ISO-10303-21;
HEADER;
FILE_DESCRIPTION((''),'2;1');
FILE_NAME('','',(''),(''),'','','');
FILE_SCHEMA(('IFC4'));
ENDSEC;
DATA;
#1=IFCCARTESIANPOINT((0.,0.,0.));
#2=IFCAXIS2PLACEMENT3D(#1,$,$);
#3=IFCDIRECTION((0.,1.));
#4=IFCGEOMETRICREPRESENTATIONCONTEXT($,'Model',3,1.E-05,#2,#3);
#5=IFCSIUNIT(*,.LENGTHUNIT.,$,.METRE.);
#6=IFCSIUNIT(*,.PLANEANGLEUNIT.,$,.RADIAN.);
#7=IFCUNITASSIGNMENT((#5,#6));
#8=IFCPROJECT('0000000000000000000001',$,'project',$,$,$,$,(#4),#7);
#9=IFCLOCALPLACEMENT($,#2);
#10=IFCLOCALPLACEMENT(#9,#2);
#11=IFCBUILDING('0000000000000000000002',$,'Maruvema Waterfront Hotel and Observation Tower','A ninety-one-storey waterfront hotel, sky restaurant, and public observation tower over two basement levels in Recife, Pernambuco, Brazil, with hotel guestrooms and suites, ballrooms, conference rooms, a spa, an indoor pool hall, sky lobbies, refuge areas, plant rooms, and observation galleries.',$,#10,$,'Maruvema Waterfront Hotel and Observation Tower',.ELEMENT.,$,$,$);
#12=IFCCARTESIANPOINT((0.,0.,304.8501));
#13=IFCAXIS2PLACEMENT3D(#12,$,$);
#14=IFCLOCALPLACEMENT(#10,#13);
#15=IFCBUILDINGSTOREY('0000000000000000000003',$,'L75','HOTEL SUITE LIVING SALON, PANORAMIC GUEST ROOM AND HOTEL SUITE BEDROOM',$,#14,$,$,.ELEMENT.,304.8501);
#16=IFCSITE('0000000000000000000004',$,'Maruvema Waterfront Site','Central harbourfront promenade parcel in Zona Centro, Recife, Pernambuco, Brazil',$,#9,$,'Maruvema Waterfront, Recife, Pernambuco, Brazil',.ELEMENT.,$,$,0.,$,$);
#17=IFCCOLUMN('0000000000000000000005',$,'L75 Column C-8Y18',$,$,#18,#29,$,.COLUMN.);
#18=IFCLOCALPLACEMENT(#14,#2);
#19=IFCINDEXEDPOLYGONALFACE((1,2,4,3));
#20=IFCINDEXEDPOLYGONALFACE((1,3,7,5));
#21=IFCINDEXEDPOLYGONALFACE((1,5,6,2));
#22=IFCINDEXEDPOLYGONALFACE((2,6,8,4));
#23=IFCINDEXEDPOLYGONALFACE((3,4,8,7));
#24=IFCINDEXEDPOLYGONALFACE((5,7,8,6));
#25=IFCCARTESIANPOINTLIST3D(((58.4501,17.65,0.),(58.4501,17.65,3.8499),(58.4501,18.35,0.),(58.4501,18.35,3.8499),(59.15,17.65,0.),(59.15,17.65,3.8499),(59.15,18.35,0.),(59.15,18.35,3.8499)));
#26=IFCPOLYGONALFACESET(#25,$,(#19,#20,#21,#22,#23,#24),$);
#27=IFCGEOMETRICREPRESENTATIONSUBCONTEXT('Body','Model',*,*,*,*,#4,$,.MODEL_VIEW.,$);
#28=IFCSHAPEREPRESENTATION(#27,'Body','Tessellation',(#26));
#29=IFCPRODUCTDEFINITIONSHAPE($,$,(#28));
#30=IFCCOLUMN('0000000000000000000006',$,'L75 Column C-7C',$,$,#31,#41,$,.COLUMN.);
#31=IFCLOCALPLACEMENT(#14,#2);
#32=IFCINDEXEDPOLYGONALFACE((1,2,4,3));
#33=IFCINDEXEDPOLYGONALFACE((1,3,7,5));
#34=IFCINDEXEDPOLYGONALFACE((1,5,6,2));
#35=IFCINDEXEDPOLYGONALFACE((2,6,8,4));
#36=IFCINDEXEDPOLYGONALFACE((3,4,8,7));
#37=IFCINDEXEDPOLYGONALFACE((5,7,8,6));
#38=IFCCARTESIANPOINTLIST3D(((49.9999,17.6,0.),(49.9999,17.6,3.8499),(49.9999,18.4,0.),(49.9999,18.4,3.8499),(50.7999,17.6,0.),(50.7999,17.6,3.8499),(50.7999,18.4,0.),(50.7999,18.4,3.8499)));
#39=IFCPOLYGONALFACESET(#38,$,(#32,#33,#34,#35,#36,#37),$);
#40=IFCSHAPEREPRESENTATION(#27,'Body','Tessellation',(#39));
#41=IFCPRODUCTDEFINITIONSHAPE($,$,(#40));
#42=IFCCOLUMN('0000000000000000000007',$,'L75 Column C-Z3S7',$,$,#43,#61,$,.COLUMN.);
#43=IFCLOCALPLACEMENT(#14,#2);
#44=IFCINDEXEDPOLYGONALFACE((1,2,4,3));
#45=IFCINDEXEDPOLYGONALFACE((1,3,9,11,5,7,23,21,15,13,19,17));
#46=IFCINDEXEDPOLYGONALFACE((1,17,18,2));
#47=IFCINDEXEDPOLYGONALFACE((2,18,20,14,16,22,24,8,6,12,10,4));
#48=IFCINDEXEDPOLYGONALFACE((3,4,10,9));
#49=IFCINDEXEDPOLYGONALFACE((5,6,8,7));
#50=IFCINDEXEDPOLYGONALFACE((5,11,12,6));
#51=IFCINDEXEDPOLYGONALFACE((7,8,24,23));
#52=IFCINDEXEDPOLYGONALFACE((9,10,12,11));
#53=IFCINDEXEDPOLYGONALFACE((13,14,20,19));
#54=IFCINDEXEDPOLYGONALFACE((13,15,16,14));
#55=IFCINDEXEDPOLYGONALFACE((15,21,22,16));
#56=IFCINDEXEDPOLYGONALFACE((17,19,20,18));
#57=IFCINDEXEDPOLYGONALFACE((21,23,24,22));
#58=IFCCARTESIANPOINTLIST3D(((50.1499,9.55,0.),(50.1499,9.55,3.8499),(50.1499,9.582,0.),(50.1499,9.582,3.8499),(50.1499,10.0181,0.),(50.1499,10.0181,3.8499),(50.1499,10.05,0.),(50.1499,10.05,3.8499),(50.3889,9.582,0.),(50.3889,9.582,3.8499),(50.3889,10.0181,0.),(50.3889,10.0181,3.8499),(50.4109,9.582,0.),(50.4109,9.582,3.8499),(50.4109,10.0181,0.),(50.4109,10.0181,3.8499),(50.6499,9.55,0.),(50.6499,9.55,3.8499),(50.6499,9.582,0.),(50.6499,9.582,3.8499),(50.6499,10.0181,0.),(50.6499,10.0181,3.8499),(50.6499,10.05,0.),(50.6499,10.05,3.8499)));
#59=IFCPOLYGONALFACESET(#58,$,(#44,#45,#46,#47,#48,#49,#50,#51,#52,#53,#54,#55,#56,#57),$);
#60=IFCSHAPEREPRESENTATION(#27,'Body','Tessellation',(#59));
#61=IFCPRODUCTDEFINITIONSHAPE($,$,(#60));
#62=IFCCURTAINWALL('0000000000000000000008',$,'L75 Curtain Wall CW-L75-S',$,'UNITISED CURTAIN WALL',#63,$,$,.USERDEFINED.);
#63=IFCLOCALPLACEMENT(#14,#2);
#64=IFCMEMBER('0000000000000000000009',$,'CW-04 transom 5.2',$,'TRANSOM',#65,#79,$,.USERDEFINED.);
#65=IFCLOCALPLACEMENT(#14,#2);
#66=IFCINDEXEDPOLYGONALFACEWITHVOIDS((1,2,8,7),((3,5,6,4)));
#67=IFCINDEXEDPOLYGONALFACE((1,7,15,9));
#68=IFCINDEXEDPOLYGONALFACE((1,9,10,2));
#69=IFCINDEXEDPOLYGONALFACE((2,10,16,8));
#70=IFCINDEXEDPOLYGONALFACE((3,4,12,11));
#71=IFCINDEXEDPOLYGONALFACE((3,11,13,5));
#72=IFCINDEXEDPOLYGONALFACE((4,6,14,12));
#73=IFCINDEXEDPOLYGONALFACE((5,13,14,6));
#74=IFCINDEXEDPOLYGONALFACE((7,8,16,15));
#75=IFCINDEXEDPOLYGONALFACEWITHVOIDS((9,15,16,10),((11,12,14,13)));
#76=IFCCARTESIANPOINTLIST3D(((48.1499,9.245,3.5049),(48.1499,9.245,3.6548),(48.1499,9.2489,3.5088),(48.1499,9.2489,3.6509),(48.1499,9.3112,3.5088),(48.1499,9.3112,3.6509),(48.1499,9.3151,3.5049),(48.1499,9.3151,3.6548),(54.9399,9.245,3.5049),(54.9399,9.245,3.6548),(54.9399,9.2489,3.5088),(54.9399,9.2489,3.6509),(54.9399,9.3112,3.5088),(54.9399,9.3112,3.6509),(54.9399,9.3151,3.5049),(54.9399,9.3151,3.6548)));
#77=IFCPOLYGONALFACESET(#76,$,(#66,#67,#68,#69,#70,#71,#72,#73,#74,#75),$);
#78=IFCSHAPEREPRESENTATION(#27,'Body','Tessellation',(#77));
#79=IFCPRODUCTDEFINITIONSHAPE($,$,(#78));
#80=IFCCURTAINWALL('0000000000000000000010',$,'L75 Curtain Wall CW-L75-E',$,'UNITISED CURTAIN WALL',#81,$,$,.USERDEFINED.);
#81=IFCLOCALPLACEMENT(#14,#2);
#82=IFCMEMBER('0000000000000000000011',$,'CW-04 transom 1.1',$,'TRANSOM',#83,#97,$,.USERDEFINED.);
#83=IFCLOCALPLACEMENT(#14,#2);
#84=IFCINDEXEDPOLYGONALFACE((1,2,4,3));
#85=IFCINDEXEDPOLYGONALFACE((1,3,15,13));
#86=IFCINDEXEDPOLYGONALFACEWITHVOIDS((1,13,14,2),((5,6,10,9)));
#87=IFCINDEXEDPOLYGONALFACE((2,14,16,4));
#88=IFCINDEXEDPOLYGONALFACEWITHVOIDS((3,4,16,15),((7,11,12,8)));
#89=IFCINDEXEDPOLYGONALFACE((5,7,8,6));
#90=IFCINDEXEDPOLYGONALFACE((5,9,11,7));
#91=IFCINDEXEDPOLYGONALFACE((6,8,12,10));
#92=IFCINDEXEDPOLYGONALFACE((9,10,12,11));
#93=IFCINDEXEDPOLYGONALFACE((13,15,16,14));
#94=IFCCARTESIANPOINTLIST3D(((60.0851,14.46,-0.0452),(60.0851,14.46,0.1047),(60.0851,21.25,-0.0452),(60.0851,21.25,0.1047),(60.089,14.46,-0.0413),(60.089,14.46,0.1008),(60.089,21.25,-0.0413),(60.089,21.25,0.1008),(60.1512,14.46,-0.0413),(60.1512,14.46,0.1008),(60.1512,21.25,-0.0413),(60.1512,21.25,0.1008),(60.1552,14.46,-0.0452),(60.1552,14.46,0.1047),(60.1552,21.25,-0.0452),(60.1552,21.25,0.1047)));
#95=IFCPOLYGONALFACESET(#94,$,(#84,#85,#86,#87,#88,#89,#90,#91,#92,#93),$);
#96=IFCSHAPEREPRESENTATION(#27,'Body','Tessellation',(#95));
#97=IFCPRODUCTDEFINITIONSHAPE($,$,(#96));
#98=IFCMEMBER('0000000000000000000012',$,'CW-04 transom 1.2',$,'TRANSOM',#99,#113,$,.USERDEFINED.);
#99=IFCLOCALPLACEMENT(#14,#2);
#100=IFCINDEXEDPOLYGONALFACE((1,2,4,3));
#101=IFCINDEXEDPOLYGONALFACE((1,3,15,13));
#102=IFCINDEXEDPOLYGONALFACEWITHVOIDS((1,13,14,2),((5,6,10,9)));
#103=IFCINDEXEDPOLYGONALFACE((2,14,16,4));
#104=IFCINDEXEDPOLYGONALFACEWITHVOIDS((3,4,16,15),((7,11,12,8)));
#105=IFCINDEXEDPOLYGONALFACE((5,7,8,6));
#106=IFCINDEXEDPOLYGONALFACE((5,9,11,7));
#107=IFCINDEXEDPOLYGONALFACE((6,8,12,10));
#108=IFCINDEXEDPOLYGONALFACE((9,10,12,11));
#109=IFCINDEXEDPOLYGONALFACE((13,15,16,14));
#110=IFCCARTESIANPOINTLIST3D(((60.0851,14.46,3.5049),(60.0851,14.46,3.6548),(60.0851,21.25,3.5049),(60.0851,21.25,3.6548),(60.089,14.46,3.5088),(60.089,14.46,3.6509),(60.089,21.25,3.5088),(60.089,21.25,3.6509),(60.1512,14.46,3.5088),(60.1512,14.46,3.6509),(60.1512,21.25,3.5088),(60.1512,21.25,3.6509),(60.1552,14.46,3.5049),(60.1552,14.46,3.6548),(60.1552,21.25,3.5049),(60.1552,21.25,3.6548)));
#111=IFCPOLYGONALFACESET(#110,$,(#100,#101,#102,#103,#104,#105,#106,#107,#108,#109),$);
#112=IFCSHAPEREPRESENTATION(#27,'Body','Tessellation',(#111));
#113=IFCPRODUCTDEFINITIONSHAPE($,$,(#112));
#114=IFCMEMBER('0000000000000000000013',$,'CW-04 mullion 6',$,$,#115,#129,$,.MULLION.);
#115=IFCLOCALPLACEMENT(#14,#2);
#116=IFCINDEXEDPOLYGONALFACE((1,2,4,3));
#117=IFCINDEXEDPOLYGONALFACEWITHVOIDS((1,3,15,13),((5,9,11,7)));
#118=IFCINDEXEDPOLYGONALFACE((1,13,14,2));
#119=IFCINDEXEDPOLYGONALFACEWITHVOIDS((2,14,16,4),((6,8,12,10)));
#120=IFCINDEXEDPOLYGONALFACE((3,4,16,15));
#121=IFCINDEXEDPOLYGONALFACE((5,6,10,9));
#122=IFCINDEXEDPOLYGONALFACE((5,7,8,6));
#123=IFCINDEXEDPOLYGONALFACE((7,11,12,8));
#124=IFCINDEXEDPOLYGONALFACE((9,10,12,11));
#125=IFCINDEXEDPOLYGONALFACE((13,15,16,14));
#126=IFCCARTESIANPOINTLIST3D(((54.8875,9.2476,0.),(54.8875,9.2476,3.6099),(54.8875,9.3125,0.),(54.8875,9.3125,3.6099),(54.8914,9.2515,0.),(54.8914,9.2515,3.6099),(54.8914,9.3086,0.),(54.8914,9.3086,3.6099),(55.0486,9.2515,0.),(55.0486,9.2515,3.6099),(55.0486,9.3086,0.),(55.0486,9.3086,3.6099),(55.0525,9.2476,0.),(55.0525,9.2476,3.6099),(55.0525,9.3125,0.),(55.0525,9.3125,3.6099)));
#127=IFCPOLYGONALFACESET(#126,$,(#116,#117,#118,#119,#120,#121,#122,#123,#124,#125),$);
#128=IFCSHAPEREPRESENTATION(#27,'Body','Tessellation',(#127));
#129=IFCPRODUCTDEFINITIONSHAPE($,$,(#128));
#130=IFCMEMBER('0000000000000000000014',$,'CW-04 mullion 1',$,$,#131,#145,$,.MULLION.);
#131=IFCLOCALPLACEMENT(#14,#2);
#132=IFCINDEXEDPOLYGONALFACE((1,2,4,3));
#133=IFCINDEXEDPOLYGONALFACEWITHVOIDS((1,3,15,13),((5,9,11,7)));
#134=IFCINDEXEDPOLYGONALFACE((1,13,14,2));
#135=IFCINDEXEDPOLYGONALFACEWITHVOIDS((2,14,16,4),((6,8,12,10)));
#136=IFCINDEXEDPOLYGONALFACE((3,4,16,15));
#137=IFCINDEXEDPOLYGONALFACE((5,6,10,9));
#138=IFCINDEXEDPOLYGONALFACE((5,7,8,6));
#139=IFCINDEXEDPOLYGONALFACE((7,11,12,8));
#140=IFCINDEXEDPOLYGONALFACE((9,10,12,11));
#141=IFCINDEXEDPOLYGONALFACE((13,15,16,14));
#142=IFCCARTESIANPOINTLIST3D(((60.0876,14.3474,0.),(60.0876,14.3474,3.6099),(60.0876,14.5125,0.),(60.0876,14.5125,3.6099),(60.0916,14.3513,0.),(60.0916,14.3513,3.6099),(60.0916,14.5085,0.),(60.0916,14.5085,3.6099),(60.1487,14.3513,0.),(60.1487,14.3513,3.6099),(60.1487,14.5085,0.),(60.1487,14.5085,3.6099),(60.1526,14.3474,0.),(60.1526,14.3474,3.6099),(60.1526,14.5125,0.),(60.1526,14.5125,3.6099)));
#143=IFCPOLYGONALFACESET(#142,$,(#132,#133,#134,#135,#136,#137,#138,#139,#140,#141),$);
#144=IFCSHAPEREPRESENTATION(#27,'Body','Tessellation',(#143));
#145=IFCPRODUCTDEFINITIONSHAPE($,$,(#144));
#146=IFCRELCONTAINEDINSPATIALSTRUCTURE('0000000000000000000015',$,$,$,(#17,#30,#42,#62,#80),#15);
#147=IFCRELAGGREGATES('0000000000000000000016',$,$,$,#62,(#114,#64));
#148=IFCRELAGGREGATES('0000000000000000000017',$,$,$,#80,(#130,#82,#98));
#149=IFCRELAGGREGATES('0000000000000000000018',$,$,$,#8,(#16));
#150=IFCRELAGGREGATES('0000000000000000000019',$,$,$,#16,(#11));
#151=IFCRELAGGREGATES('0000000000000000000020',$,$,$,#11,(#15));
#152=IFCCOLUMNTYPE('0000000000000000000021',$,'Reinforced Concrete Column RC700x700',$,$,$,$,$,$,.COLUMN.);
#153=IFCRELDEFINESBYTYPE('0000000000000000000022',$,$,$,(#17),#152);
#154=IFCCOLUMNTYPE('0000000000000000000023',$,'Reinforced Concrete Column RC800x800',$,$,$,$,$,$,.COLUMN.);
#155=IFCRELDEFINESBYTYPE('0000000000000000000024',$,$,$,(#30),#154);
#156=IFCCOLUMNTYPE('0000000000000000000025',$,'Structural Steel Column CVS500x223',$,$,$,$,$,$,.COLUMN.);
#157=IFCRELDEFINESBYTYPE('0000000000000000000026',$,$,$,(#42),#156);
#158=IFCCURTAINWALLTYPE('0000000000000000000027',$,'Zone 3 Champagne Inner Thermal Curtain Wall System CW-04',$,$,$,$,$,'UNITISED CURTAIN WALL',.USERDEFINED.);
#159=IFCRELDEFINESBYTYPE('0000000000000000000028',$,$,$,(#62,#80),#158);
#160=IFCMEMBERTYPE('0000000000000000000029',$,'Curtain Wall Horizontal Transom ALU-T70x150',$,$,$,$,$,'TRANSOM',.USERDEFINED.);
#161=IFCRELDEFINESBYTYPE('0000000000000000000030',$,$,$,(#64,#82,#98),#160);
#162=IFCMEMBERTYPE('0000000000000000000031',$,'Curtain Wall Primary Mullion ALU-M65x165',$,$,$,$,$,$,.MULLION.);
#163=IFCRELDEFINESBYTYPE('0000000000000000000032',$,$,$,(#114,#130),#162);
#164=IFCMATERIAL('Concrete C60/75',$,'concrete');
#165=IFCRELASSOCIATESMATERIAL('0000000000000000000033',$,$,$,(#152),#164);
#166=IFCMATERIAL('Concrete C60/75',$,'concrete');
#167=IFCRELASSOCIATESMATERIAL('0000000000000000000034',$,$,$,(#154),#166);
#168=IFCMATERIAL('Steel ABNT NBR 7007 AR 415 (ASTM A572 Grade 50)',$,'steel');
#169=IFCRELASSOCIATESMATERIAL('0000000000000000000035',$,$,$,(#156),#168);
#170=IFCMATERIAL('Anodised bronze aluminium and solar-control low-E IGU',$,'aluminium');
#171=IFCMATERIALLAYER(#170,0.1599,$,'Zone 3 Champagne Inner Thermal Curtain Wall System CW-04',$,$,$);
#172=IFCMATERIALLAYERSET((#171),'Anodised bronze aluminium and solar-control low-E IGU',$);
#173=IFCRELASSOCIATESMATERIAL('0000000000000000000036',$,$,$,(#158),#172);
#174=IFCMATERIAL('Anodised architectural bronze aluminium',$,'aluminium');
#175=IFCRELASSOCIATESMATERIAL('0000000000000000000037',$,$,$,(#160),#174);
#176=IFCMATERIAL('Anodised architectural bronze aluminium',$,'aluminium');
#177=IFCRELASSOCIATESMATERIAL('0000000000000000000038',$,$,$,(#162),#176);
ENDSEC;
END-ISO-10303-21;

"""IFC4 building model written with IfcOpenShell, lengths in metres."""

from ifc_helpers import new_model, si_unit, direction, frame, origin, origin_2d, place, context, subcontext, project, spatial, rectangle, hollow_rectangle, i_section, extrude, material, layer, layer_set, material_profile, profile_set, type_object, element, aggregate, save


model = new_model("IFC4")

# Units and contexts
model_context = context("Model", 3, precision=1e-05, world=origin(), true_north=direction((0.0, 1.0)))
body_context = subcontext(model_context, "Body", "Model", "MODEL_VIEW")
ifc_project = project(units=[si_unit("LENGTHUNIT", "METRE"), si_unit("PLANEANGLEUNIT", "RADIAN")], contexts=[model_context])

# Site, building, storey
site_placement = place(None, origin())
site = spatial("IfcSite", under=ifc_project, at=site_placement, Name="Maruvema Waterfront Site", Description="Central harbourfront promenade parcel in Zona Centro, Recife, Pernambuco, Brazil", LongName="Maruvema Waterfront, Recife, Pernambuco, Brazil", CompositionType="ELEMENT", RefElevation=0.0)
building_placement = place(site_placement, origin())
building = spatial("IfcBuilding", under=site, at=building_placement, Name="Maruvema Waterfront Hotel and Observation Tower", Description="A ninety-one-storey waterfront hotel, sky restaurant, and public observation tower over two basement levels in Recife, Pernambuco, Brazil, with hotel guestrooms and suites, ballrooms, conference rooms, a spa, an indoor pool hall, sky lobbies, refuge areas, plant rooms, and observation galleries.", LongName="Maruvema Waterfront Hotel and Observation Tower", CompositionType="ELEMENT")
storey_placement = place(building_placement, frame((0.0, 0.0, 304.8501)))
storey = spatial("IfcBuildingStorey", under=building, at=storey_placement, Name="L75", Description="HOTEL SUITE LIVING SALON, PANORAMIC GUEST ROOM AND HOTEL SUITE BEDROOM", CompositionType="ELEMENT", Elevation=304.8501)

# Columns
ifc_material_1 = material(Name="Concrete C60/75", Category="concrete")
ifc_material_profile_1 = material_profile(ifc_material_1, rectangle(XDim=0.7, YDim=0.7, at=origin_2d()), Name="RC700x700")
ifc_profile_set_1 = profile_set([ifc_material_profile_1], Name="Concrete C60/75")
column_type_1 = type_object("IfcColumnType", Name="Reinforced Concrete Column RC700x700", PredefinedType="COLUMN", material=ifc_profile_set_1)
column_1_placement = place(storey_placement, frame((58.8, 18.0, 0.0), z_axis=(0.0, 0.0, 1.0), x_axis=(1.0, 0.0, 0.0)))
element("IfcColumn", 1, at=column_1_placement, inside=storey, type_object=column_type_1, Name="L75 Column C-8Y18", PredefinedType="COLUMN", context=body_context, shape_type="SweptSolid", body=[
    extrude(rectangle(XDim=0.7, YDim=0.7, at=origin_2d()), origin(), (0.0, 0.0, 1.0), 3.8499),
])
ifc_material_2 = material(Name="Concrete C60/75", Category="concrete")
ifc_material_profile_2 = material_profile(ifc_material_2, rectangle(XDim=0.8, YDim=0.8, at=origin_2d()), Name="RC800x800")
ifc_profile_set_2 = profile_set([ifc_material_profile_2], Name="Concrete C60/75")
column_type_2 = type_object("IfcColumnType", Name="Reinforced Concrete Column RC800x800", PredefinedType="COLUMN", material=ifc_profile_set_2)
column_2_placement = place(storey_placement, frame((50.3999, 18.0, 0.0), z_axis=(0.0, 0.0, 1.0), x_axis=(1.0, 0.0, 0.0)))
element("IfcColumn", 2, at=column_2_placement, inside=storey, type_object=column_type_2, Name="L75 Column C-7C", PredefinedType="COLUMN", context=body_context, shape_type="SweptSolid", body=[
    extrude(rectangle(XDim=0.8, YDim=0.8, at=origin_2d()), origin(), (0.0, 0.0, 1.0), 3.8499),
])
ifc_material_3 = material(Name="Steel ABNT NBR 7007 AR 415 (ASTM A572 Grade 50)", Category="steel")
ifc_material_profile_3 = material_profile(ifc_material_3, i_section(OverallWidth=0.5, OverallDepth=0.5, WebThickness=0.022, FlangeThickness=0.032, at=origin_2d()), Name="CVS500x223")
ifc_profile_set_3 = profile_set([ifc_material_profile_3], Name="Steel ABNT NBR 7007 AR 415 (ASTM A572 Grade 50)")
column_type_3 = type_object("IfcColumnType", Name="Structural Steel Column CVS500x223", PredefinedType="COLUMN", material=ifc_profile_set_3)
column_3_placement = place(storey_placement, frame((50.3999, 9.8, 0.0), z_axis=(0.0, 0.0, 1.0), x_axis=(1.0, 0.0, 0.0)))
element("IfcColumn", 3, at=column_3_placement, inside=storey, type_object=column_type_3, Name="L75 Column C-Z3S7", PredefinedType="COLUMN", context=body_context, shape_type="SweptSolid", body=[
    extrude(i_section(OverallWidth=0.5, OverallDepth=0.5, WebThickness=0.022, FlangeThickness=0.032, at=origin_2d()), origin(), (0.0, 0.0, 1.0), 3.8499),
])

# Curtain wall, member
ifc_material_4 = material(Name="Anodised bronze aluminium and solar-control low-E IGU", Category="aluminium")
ifc_layer_1 = layer(ifc_material_4, 0.1599, Name="Zone 3 Champagne Inner Thermal Curtain Wall System CW-04")
ifc_layer_set_1 = layer_set([ifc_layer_1], Name="Anodised bronze aluminium and solar-control low-E IGU")
curtain_wall_type = type_object("IfcCurtainWallType", Name="Zone 3 Champagne Inner Thermal Curtain Wall System CW-04", ElementType="UNITISED CURTAIN WALL", PredefinedType="USERDEFINED", material=ifc_layer_set_1)
curtain_wall_1_placement = place(storey_placement, origin())
curtain_wall_1 = element("IfcCurtainWall", 4, at=curtain_wall_1_placement, inside=storey, type_object=curtain_wall_type, Name="L75 Curtain Wall CW-L75-S", ObjectType="UNITISED CURTAIN WALL", PredefinedType="USERDEFINED")
ifc_material_5 = material(Name="Anodised architectural bronze aluminium", Category="aluminium")
ifc_material_profile_4 = material_profile(ifc_material_5, hollow_rectangle(XDim=0.0701, YDim=0.1499, WallThickness=0.0039, at=origin_2d()), Name="ALU-T70x150")
ifc_profile_set_4 = profile_set([ifc_material_profile_4], Name="Anodised architectural bronze aluminium")
member_type_1 = type_object("IfcMemberType", Name="Curtain Wall Horizontal Transom ALU-T70x150", ElementType="TRANSOM", PredefinedType="USERDEFINED", material=ifc_profile_set_4)
member_1_placement = place(storey_placement, frame((48.1499, 9.28, 3.5798), z_axis=(1.0, 0.0, 0.0), x_axis=(0.0, 1.0, 0.0)))
member_1 = element("IfcMember", 5, at=member_1_placement, type_object=member_type_1, Name="CW-04 transom 5.2", ObjectType="TRANSOM", PredefinedType="USERDEFINED", context=body_context, shape_type="SweptSolid", body=[
    extrude(hollow_rectangle(XDim=0.0701, YDim=0.1499, WallThickness=0.0039, at=origin_2d()), origin(), (0.0, 0.0, 1.0), 6.79),
])

# Curtain wall, members
curtain_wall_2_placement = place(storey_placement, origin())
curtain_wall_2 = element("IfcCurtainWall", 6, at=curtain_wall_2_placement, inside=storey, type_object=curtain_wall_type, Name="L75 Curtain Wall CW-L75-E", ObjectType="UNITISED CURTAIN WALL", PredefinedType="USERDEFINED")
member_2_placement = place(storey_placement, frame((60.1201, 14.46, 0.0298), z_axis=(0.0, 1.0, 0.0), x_axis=(-1.0, 0.0, 0.0)))
member_2 = element("IfcMember", 7, at=member_2_placement, type_object=member_type_1, Name="CW-04 transom 1.1", ObjectType="TRANSOM", PredefinedType="USERDEFINED", context=body_context, shape_type="SweptSolid", body=[
    extrude(hollow_rectangle(XDim=0.0701, YDim=0.1499, WallThickness=0.0039, at=origin_2d()), origin(), (0.0, 0.0, 1.0), 6.79),
])
member_3_placement = place(storey_placement, frame((60.1201, 14.46, 3.5798), z_axis=(0.0, 1.0, 0.0), x_axis=(-1.0, 0.0, 0.0)))
member_3 = element("IfcMember", 8, at=member_3_placement, type_object=member_type_1, Name="CW-04 transom 1.2", ObjectType="TRANSOM", PredefinedType="USERDEFINED", context=body_context, shape_type="SweptSolid", body=[
    extrude(hollow_rectangle(XDim=0.0701, YDim=0.1499, WallThickness=0.0039, at=origin_2d()), origin(), (0.0, 0.0, 1.0), 6.79),
])

# Members
ifc_material_6 = material(Name="Anodised architectural bronze aluminium", Category="aluminium")
ifc_material_profile_5 = material_profile(ifc_material_6, hollow_rectangle(XDim=0.0649, YDim=0.165, WallThickness=0.0039, at=origin_2d()), Name="ALU-M65x165")
ifc_profile_set_5 = profile_set([ifc_material_profile_5], Name="Anodised architectural bronze aluminium")
member_type_2 = type_object("IfcMemberType", Name="Curtain Wall Primary Mullion ALU-M65x165", PredefinedType="MULLION", material=ifc_profile_set_5)
member_4_placement = place(storey_placement, frame((54.97, 9.28, 0.0), z_axis=(0.0, 0.0, 1.0), x_axis=(0.0, 1.0, 0.0)))
member_4 = element("IfcMember", 9, at=member_4_placement, type_object=member_type_2, Name="CW-04 mullion 6", PredefinedType="MULLION", context=body_context, shape_type="SweptSolid", body=[
    extrude(hollow_rectangle(XDim=0.0649, YDim=0.165, WallThickness=0.0039, at=origin_2d()), origin(), (0.0, 0.0, 1.0), 3.6099),
])
member_5_placement = place(storey_placement, frame((60.1201, 14.4299, 0.0), z_axis=(0.0, 0.0, 1.0), x_axis=(-1.0, 0.0, 0.0)))
member_5 = element("IfcMember", 10, at=member_5_placement, type_object=member_type_2, Name="CW-04 mullion 1", PredefinedType="MULLION", context=body_context, shape_type="SweptSolid", body=[
    extrude(hollow_rectangle(XDim=0.0649, YDim=0.165, WallThickness=0.0039, at=origin_2d()), origin(), (0.0, 0.0, 1.0), 3.6099),
])

aggregate(curtain_wall_1, [member_4, member_1])
aggregate(curtain_wall_2, [member_5, member_2, member_3])

save(model, "model.ifc")
